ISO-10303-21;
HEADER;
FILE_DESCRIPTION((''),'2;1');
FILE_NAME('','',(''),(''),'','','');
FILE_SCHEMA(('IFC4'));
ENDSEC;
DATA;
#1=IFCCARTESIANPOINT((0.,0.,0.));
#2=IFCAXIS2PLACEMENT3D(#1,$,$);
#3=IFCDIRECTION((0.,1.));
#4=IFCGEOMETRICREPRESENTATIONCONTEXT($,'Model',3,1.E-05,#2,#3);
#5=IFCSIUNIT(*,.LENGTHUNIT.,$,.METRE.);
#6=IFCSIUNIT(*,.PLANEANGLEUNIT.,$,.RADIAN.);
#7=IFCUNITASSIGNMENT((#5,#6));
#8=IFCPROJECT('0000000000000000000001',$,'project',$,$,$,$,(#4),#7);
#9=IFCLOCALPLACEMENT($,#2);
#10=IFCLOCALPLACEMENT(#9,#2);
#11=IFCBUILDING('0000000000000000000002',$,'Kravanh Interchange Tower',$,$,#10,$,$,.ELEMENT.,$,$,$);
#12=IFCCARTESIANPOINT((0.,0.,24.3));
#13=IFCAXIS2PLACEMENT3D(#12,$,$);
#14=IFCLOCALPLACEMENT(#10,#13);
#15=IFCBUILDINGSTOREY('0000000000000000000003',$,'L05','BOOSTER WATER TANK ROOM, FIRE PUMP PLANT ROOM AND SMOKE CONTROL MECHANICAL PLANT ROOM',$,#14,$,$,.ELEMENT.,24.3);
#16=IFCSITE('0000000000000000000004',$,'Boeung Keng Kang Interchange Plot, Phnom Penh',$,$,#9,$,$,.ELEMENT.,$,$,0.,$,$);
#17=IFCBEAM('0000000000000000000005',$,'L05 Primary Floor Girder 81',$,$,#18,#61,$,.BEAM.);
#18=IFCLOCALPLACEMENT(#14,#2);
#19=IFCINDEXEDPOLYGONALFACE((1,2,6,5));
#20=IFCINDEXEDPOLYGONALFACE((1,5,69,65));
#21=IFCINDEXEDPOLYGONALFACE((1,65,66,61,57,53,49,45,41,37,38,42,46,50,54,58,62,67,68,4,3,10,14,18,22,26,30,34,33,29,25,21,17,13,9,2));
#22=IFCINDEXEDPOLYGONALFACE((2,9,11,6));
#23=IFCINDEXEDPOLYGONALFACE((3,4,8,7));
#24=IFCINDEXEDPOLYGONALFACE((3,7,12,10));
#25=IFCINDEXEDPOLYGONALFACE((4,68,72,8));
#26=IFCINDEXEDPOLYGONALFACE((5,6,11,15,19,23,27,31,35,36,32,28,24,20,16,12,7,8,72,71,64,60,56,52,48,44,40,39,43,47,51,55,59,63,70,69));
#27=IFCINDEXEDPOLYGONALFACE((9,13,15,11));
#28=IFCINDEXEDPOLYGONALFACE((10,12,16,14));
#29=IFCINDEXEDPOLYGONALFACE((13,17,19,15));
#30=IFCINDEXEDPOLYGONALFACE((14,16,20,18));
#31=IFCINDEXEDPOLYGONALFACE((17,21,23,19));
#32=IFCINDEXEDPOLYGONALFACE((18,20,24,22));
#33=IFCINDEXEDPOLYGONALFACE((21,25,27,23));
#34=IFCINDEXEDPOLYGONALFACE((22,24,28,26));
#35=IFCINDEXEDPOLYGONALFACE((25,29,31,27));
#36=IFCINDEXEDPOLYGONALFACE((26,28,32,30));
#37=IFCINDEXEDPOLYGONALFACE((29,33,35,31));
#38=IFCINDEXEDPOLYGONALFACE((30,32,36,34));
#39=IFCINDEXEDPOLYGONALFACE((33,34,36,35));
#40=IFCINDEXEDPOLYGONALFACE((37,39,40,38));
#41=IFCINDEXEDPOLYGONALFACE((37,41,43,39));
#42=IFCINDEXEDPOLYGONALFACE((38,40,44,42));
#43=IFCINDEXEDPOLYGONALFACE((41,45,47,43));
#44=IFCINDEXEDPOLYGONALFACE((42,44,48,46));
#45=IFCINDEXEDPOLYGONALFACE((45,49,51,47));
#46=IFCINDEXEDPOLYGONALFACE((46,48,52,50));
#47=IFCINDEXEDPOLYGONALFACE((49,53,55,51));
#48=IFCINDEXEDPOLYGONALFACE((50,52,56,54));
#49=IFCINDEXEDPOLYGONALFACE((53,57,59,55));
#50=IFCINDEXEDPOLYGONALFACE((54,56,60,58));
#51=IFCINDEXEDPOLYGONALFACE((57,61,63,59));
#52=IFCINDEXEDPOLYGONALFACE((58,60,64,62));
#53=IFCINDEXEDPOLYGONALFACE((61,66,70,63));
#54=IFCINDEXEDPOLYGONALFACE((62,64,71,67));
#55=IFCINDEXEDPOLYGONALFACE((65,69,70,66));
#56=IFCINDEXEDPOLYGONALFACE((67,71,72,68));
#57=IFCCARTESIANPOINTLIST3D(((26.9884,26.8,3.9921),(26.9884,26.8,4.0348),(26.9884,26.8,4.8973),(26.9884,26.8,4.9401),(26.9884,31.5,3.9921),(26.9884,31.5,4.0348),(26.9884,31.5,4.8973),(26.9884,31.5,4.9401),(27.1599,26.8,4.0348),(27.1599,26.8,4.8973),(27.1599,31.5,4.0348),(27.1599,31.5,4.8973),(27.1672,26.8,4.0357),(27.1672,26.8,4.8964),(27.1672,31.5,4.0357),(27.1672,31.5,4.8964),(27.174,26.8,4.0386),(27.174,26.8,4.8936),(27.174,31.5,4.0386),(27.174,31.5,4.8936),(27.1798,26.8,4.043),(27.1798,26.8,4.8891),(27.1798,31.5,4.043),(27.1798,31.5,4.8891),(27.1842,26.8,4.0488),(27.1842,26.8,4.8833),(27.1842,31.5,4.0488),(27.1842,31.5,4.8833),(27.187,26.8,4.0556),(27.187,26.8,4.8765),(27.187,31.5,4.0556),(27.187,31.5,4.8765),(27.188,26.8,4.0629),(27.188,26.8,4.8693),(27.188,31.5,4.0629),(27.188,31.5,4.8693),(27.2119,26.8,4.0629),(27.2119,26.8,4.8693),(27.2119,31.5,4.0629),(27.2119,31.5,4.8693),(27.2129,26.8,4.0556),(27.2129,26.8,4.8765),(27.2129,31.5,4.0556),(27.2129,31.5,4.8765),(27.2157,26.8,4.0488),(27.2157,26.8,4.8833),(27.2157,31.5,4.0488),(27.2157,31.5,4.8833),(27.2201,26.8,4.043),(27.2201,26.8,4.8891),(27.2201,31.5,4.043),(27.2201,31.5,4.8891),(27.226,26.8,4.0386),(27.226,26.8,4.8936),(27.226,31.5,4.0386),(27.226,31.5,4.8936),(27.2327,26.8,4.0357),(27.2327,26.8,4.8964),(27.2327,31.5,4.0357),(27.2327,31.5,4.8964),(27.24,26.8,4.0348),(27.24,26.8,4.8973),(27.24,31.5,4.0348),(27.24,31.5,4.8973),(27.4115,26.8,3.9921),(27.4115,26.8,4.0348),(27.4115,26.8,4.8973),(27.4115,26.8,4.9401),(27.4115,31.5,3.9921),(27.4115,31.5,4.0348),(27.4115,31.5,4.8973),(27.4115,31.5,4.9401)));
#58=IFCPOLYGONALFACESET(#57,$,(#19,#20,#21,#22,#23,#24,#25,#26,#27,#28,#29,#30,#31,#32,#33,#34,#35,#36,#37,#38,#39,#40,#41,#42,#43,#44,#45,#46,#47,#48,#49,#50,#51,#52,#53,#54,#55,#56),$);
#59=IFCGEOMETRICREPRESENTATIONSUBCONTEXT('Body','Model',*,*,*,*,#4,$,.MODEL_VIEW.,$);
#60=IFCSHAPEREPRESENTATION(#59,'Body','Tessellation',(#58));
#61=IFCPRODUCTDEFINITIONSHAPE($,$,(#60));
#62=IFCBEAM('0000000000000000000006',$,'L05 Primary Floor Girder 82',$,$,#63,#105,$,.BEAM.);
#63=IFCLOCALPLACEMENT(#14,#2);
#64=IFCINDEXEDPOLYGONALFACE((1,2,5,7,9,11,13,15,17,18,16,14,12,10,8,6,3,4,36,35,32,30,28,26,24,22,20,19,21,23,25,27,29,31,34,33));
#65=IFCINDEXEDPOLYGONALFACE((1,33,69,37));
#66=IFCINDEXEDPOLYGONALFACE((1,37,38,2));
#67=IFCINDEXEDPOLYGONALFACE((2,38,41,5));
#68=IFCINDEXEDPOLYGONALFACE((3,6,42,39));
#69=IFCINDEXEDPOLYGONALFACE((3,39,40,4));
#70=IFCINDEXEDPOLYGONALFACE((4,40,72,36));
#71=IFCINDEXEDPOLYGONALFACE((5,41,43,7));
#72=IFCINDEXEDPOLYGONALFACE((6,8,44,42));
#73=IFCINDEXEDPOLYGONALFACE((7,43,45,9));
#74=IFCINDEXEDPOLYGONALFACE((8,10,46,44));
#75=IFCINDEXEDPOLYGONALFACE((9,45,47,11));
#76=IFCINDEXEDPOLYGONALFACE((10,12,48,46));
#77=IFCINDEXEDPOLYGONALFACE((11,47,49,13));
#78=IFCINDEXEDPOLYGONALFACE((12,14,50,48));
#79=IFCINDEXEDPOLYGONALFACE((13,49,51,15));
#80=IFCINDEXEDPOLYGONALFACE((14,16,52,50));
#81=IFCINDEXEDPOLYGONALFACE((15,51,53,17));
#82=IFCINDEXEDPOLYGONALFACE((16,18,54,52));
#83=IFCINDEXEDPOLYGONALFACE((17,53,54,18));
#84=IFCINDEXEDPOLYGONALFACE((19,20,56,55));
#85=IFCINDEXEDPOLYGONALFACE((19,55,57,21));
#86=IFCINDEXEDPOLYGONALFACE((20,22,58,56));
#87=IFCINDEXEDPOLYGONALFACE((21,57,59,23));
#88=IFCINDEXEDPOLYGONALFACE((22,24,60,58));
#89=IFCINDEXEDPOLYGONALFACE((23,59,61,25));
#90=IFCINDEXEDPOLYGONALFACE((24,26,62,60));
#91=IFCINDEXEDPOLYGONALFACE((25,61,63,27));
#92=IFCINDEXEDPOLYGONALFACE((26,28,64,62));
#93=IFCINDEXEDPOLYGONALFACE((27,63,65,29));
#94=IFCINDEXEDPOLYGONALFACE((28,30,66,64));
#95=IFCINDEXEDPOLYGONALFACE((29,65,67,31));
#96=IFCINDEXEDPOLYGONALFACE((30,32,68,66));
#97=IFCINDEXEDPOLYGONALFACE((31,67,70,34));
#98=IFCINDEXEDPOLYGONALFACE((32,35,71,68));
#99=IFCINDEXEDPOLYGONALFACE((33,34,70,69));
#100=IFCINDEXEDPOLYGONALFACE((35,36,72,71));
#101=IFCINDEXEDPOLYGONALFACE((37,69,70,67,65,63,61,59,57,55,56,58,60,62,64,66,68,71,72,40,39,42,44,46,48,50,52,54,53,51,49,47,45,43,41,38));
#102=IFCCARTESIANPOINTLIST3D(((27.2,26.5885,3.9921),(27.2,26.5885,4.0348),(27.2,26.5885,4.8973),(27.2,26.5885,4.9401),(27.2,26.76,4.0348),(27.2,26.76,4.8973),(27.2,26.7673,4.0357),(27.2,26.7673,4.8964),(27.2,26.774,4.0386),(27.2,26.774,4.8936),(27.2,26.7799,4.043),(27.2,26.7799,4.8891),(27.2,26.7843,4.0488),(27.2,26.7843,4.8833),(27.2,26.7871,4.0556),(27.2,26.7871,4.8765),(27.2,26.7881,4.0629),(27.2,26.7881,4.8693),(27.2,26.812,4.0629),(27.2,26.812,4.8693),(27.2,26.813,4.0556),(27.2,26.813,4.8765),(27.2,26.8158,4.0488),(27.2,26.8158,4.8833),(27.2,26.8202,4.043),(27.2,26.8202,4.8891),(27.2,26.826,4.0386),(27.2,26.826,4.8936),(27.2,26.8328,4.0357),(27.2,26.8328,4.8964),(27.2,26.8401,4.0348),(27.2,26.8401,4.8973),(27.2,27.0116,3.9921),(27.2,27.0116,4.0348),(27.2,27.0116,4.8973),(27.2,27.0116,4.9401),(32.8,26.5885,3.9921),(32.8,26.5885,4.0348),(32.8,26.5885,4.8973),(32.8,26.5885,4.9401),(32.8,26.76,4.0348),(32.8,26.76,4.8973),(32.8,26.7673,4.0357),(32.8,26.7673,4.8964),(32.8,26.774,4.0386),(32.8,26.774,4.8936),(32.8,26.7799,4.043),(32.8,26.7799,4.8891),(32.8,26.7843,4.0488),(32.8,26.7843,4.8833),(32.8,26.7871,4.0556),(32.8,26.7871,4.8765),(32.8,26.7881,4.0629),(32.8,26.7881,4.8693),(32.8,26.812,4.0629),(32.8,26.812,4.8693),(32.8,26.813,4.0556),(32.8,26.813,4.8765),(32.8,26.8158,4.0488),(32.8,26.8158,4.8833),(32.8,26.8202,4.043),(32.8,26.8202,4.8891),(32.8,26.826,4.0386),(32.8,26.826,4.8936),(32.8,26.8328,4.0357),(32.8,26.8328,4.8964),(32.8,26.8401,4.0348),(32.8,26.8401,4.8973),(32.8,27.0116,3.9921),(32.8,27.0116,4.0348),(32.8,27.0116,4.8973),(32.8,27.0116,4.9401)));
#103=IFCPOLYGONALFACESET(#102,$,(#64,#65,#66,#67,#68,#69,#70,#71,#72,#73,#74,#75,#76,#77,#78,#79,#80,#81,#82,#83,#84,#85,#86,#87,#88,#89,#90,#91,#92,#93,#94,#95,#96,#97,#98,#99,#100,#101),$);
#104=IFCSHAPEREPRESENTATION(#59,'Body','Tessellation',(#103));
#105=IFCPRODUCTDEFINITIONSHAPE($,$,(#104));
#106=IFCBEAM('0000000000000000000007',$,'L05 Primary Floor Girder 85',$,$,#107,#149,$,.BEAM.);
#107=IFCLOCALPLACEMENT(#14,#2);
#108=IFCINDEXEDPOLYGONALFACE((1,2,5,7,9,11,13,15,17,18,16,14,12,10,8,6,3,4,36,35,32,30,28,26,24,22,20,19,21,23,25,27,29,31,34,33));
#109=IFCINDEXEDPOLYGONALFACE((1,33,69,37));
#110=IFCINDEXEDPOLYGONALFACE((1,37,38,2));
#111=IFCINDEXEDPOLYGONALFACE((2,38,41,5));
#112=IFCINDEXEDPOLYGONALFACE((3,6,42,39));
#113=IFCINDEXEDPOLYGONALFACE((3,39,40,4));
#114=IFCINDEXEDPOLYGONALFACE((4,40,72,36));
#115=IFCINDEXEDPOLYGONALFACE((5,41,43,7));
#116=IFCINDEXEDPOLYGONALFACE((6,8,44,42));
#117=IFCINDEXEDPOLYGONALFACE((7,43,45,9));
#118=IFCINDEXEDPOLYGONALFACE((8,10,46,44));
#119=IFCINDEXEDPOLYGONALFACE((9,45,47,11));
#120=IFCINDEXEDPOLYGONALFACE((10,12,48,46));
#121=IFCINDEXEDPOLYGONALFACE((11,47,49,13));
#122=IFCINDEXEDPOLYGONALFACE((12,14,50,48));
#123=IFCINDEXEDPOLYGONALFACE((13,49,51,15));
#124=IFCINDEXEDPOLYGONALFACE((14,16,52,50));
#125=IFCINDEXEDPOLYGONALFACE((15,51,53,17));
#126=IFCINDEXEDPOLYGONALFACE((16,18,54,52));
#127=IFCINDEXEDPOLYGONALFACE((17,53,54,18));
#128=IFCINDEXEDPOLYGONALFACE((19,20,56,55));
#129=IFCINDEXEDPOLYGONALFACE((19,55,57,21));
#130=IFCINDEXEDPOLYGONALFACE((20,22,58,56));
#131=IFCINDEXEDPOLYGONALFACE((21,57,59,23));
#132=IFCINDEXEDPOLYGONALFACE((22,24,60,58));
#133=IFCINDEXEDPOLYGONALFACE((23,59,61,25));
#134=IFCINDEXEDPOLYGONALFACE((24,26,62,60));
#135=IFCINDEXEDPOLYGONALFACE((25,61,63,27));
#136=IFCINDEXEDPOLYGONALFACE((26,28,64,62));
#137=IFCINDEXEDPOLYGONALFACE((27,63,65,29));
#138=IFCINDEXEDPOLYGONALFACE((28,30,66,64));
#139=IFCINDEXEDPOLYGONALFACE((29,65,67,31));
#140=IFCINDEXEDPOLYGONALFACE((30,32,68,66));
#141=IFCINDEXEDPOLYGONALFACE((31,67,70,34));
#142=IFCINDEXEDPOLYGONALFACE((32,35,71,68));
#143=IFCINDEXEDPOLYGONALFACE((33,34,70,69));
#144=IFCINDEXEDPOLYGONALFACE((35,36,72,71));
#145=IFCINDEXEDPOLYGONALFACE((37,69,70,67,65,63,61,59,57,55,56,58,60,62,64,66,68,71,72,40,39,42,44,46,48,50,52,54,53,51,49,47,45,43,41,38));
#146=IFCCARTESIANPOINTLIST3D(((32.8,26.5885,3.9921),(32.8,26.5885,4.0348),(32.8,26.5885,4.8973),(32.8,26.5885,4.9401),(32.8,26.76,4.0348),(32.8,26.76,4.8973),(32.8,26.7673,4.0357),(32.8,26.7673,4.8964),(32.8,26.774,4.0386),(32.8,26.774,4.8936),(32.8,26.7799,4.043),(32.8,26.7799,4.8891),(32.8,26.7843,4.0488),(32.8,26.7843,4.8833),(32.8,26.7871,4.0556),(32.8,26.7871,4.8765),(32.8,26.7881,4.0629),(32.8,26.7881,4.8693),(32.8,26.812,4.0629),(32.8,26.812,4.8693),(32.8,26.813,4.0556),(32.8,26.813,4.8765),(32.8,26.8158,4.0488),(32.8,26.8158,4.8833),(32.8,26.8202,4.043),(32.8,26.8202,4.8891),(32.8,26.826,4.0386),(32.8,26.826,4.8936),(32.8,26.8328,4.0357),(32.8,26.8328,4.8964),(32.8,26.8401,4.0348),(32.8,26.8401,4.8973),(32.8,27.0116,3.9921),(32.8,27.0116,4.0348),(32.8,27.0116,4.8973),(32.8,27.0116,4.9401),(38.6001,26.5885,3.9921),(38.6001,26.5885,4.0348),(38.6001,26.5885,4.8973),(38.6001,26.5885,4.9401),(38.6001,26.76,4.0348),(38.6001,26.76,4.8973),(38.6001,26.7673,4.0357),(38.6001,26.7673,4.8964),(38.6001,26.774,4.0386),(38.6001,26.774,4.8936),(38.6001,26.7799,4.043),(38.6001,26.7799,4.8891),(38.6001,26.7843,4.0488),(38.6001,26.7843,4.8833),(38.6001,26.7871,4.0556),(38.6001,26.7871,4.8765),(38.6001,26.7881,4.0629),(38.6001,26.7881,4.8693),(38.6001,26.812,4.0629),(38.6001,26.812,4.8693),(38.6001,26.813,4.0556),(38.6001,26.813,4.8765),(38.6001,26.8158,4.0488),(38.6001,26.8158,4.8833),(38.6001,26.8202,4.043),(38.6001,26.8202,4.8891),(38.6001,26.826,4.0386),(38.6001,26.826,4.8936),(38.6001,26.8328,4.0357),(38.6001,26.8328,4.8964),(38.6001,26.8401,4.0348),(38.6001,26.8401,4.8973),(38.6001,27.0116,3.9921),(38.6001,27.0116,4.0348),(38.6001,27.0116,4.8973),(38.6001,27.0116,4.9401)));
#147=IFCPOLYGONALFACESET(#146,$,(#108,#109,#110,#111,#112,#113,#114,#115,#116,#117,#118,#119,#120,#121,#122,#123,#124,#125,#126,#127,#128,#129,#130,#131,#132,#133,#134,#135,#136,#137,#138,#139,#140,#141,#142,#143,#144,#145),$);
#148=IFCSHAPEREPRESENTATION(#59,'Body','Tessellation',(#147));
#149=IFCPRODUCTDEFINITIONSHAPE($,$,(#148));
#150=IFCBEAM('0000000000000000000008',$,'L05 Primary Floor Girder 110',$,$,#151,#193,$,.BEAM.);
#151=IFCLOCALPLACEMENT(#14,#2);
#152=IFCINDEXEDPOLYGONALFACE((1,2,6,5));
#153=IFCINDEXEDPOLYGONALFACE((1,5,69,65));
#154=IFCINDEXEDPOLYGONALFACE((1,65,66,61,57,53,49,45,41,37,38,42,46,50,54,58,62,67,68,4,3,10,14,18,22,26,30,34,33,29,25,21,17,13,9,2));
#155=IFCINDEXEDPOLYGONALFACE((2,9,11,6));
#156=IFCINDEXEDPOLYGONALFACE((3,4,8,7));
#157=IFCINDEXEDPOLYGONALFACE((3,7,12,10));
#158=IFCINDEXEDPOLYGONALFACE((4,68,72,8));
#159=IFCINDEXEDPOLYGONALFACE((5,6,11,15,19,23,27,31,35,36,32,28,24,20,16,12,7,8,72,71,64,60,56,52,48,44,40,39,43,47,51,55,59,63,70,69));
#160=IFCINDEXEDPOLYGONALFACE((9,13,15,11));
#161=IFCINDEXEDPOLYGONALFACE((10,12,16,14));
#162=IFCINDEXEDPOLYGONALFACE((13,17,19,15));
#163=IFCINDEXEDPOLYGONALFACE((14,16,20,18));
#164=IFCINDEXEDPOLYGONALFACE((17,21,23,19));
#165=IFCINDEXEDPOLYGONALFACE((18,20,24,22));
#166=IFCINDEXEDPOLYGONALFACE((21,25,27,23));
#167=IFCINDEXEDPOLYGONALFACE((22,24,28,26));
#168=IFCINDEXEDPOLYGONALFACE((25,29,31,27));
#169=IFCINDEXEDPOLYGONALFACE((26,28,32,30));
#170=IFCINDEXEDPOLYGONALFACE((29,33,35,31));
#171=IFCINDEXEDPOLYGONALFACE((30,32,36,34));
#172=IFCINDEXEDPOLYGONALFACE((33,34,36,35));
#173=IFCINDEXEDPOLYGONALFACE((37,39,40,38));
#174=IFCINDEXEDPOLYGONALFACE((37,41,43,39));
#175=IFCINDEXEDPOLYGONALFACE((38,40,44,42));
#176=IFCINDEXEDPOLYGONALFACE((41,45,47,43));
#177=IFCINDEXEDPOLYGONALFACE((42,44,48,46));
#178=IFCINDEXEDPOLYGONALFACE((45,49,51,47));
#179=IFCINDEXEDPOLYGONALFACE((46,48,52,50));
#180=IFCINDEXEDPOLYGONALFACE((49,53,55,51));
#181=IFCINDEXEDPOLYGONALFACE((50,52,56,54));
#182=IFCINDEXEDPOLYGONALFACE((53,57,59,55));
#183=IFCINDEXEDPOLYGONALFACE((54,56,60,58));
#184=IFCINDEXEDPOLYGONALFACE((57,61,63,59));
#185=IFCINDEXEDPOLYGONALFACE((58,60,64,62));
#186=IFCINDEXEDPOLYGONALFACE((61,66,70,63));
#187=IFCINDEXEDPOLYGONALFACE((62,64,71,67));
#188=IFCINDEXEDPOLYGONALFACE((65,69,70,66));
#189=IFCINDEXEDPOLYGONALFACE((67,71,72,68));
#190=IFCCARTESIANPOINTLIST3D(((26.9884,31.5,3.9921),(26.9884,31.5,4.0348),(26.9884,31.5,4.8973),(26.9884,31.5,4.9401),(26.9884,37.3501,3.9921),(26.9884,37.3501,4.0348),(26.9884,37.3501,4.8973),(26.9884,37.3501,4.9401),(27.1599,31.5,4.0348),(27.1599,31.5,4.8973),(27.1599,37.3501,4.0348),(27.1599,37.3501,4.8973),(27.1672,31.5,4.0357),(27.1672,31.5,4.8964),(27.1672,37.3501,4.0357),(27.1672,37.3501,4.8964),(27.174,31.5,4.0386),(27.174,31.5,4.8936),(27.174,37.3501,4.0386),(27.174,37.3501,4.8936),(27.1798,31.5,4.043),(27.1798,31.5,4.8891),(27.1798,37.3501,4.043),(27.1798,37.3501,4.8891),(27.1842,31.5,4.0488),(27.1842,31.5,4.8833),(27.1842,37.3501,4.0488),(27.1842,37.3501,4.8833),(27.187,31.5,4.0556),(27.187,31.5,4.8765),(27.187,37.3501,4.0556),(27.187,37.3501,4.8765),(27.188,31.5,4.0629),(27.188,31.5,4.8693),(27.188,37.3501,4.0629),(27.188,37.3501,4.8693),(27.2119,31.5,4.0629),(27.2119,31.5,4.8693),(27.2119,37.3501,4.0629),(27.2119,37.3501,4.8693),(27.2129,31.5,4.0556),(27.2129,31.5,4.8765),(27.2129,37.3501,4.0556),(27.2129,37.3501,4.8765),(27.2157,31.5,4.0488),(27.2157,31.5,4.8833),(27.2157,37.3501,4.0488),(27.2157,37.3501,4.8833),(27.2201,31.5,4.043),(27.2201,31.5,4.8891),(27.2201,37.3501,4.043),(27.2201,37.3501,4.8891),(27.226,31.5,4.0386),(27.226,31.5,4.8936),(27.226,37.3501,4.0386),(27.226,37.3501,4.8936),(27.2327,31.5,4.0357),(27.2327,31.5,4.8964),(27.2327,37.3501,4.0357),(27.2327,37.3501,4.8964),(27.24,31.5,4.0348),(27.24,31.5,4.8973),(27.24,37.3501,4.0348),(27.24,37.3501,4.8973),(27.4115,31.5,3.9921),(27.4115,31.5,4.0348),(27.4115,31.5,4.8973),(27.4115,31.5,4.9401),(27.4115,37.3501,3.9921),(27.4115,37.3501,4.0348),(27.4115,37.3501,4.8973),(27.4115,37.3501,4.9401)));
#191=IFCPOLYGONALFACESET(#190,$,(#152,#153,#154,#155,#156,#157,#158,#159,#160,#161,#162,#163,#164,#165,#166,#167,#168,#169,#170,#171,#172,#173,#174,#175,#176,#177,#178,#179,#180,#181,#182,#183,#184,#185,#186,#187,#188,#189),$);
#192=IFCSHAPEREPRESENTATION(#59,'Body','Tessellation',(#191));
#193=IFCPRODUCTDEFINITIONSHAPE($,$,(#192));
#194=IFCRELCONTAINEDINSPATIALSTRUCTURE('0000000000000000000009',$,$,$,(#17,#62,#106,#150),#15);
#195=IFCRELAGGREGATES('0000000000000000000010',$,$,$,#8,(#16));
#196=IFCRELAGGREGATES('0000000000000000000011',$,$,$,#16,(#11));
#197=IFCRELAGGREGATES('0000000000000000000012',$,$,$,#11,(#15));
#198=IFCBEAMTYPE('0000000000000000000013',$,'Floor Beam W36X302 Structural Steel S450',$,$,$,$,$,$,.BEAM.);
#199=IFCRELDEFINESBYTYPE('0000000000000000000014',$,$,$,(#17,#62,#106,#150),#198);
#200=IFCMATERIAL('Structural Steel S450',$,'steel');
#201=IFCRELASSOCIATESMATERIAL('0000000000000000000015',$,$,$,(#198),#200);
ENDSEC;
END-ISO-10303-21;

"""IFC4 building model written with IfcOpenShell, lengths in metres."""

from ifc_helpers import new_model, si_unit, direction, frame, origin, origin_2d, place, context, subcontext, project, spatial, i_section, extrude, material, material_profile, profile_set, type_object, element, save


model = new_model("IFC4")

# Units and contexts
model_context = context("Model", 3, precision=1e-05, world=origin(), true_north=direction((0.0, 1.0)))
body_context = subcontext(model_context, "Body", "Model", "MODEL_VIEW")
ifc_project = project(units=[si_unit("LENGTHUNIT", "METRE"), si_unit("PLANEANGLEUNIT", "RADIAN")], contexts=[model_context])

# Site, building, storey
site_placement = place(None, origin())
site = spatial("IfcSite", under=ifc_project, at=site_placement, Name="Boeung Keng Kang Interchange Plot, Phnom Penh", CompositionType="ELEMENT", RefElevation=0.0)
building_placement = place(site_placement, origin())
building = spatial("IfcBuilding", under=site, at=building_placement, Name="Kravanh Interchange Tower", CompositionType="ELEMENT")
storey_placement = place(building_placement, frame((0.0, 0.0, 24.3)))
storey = spatial("IfcBuildingStorey", under=building, at=storey_placement, Name="L05", Description="BOOSTER WATER TANK ROOM, FIRE PUMP PLANT ROOM AND SMOKE CONTROL MECHANICAL PLANT ROOM", CompositionType="ELEMENT", Elevation=24.3)

# Beams
ifc_material_1 = material(Name="Structural Steel S450", Category="steel")
ifc_material_profile_1 = material_profile(ifc_material_1, i_section(OverallWidth=0.4231, OverallDepth=0.948, WebThickness=0.0239, FlangeThickness=0.0427, FilletRadius=0.0281, at=origin_2d()), Name="W36X302")
ifc_profile_set_1 = profile_set([ifc_material_profile_1], Name="Structural Steel S450")
beam_type_1 = type_object("IfcBeamType", Name="Floor Beam W36X302 Structural Steel S450", PredefinedType="BEAM", material=ifc_profile_set_1)
beam_1_placement = place(storey_placement, frame((27.2, 26.8, 4.4661), z_axis=(0.0, 1.0, 0.0), x_axis=(-1.0, 0.0, 0.0)))
element("IfcBeam", 1, at=beam_1_placement, inside=storey, type_object=beam_type_1, Name="L05 Primary Floor Girder 81", PredefinedType="BEAM", context=body_context, shape_type="SweptSolid", body=[
    extrude(i_section(OverallWidth=0.4231, OverallDepth=0.948, WebThickness=0.0239, FlangeThickness=0.0427, FilletRadius=0.0281, at=origin_2d()), origin(), (0.0, 0.0, 1.0), 4.7),
])
beam_2_placement = place(storey_placement, frame((27.2, 26.8, 4.4661), z_axis=(1.0, 0.0, 0.0), x_axis=(0.0, 1.0, 0.0)))
element("IfcBeam", 2, at=beam_2_placement, inside=storey, type_object=beam_type_1, Name="L05 Primary Floor Girder 82", PredefinedType="BEAM", context=body_context, shape_type="SweptSolid", body=[
    extrude(i_section(OverallWidth=0.4231, OverallDepth=0.948, WebThickness=0.0239, FlangeThickness=0.0427, FilletRadius=0.0281, at=origin_2d()), origin(), (0.0, 0.0, 1.0), 5.6001),
])
beam_3_placement = place(storey_placement, frame((32.8, 26.8, 4.4661), z_axis=(1.0, 0.0, 0.0), x_axis=(0.0, 1.0, 0.0)))
element("IfcBeam", 3, at=beam_3_placement, inside=storey, type_object=beam_type_1, Name="L05 Primary Floor Girder 85", PredefinedType="BEAM", context=body_context, shape_type="SweptSolid", body=[
    extrude(i_section(OverallWidth=0.4231, OverallDepth=0.948, WebThickness=0.0239, FlangeThickness=0.0427, FilletRadius=0.0281, at=origin_2d()), origin(), (0.0, 0.0, 1.0), 5.8),
])
beam_4_placement = place(storey_placement, frame((27.2, 31.5, 4.4661), z_axis=(0.0, 1.0, 0.0), x_axis=(-1.0, 0.0, 0.0)))
element("IfcBeam", 4, at=beam_4_placement, inside=storey, type_object=beam_type_1, Name="L05 Primary Floor Girder 110", PredefinedType="BEAM", context=body_context, shape_type="SweptSolid", body=[
    extrude(i_section(OverallWidth=0.4231, OverallDepth=0.948, WebThickness=0.0239, FlangeThickness=0.0427, FilletRadius=0.0281, at=origin_2d()), origin(), (0.0, 0.0, 1.0), 5.8501),
])

save(model, "model.ifc")
